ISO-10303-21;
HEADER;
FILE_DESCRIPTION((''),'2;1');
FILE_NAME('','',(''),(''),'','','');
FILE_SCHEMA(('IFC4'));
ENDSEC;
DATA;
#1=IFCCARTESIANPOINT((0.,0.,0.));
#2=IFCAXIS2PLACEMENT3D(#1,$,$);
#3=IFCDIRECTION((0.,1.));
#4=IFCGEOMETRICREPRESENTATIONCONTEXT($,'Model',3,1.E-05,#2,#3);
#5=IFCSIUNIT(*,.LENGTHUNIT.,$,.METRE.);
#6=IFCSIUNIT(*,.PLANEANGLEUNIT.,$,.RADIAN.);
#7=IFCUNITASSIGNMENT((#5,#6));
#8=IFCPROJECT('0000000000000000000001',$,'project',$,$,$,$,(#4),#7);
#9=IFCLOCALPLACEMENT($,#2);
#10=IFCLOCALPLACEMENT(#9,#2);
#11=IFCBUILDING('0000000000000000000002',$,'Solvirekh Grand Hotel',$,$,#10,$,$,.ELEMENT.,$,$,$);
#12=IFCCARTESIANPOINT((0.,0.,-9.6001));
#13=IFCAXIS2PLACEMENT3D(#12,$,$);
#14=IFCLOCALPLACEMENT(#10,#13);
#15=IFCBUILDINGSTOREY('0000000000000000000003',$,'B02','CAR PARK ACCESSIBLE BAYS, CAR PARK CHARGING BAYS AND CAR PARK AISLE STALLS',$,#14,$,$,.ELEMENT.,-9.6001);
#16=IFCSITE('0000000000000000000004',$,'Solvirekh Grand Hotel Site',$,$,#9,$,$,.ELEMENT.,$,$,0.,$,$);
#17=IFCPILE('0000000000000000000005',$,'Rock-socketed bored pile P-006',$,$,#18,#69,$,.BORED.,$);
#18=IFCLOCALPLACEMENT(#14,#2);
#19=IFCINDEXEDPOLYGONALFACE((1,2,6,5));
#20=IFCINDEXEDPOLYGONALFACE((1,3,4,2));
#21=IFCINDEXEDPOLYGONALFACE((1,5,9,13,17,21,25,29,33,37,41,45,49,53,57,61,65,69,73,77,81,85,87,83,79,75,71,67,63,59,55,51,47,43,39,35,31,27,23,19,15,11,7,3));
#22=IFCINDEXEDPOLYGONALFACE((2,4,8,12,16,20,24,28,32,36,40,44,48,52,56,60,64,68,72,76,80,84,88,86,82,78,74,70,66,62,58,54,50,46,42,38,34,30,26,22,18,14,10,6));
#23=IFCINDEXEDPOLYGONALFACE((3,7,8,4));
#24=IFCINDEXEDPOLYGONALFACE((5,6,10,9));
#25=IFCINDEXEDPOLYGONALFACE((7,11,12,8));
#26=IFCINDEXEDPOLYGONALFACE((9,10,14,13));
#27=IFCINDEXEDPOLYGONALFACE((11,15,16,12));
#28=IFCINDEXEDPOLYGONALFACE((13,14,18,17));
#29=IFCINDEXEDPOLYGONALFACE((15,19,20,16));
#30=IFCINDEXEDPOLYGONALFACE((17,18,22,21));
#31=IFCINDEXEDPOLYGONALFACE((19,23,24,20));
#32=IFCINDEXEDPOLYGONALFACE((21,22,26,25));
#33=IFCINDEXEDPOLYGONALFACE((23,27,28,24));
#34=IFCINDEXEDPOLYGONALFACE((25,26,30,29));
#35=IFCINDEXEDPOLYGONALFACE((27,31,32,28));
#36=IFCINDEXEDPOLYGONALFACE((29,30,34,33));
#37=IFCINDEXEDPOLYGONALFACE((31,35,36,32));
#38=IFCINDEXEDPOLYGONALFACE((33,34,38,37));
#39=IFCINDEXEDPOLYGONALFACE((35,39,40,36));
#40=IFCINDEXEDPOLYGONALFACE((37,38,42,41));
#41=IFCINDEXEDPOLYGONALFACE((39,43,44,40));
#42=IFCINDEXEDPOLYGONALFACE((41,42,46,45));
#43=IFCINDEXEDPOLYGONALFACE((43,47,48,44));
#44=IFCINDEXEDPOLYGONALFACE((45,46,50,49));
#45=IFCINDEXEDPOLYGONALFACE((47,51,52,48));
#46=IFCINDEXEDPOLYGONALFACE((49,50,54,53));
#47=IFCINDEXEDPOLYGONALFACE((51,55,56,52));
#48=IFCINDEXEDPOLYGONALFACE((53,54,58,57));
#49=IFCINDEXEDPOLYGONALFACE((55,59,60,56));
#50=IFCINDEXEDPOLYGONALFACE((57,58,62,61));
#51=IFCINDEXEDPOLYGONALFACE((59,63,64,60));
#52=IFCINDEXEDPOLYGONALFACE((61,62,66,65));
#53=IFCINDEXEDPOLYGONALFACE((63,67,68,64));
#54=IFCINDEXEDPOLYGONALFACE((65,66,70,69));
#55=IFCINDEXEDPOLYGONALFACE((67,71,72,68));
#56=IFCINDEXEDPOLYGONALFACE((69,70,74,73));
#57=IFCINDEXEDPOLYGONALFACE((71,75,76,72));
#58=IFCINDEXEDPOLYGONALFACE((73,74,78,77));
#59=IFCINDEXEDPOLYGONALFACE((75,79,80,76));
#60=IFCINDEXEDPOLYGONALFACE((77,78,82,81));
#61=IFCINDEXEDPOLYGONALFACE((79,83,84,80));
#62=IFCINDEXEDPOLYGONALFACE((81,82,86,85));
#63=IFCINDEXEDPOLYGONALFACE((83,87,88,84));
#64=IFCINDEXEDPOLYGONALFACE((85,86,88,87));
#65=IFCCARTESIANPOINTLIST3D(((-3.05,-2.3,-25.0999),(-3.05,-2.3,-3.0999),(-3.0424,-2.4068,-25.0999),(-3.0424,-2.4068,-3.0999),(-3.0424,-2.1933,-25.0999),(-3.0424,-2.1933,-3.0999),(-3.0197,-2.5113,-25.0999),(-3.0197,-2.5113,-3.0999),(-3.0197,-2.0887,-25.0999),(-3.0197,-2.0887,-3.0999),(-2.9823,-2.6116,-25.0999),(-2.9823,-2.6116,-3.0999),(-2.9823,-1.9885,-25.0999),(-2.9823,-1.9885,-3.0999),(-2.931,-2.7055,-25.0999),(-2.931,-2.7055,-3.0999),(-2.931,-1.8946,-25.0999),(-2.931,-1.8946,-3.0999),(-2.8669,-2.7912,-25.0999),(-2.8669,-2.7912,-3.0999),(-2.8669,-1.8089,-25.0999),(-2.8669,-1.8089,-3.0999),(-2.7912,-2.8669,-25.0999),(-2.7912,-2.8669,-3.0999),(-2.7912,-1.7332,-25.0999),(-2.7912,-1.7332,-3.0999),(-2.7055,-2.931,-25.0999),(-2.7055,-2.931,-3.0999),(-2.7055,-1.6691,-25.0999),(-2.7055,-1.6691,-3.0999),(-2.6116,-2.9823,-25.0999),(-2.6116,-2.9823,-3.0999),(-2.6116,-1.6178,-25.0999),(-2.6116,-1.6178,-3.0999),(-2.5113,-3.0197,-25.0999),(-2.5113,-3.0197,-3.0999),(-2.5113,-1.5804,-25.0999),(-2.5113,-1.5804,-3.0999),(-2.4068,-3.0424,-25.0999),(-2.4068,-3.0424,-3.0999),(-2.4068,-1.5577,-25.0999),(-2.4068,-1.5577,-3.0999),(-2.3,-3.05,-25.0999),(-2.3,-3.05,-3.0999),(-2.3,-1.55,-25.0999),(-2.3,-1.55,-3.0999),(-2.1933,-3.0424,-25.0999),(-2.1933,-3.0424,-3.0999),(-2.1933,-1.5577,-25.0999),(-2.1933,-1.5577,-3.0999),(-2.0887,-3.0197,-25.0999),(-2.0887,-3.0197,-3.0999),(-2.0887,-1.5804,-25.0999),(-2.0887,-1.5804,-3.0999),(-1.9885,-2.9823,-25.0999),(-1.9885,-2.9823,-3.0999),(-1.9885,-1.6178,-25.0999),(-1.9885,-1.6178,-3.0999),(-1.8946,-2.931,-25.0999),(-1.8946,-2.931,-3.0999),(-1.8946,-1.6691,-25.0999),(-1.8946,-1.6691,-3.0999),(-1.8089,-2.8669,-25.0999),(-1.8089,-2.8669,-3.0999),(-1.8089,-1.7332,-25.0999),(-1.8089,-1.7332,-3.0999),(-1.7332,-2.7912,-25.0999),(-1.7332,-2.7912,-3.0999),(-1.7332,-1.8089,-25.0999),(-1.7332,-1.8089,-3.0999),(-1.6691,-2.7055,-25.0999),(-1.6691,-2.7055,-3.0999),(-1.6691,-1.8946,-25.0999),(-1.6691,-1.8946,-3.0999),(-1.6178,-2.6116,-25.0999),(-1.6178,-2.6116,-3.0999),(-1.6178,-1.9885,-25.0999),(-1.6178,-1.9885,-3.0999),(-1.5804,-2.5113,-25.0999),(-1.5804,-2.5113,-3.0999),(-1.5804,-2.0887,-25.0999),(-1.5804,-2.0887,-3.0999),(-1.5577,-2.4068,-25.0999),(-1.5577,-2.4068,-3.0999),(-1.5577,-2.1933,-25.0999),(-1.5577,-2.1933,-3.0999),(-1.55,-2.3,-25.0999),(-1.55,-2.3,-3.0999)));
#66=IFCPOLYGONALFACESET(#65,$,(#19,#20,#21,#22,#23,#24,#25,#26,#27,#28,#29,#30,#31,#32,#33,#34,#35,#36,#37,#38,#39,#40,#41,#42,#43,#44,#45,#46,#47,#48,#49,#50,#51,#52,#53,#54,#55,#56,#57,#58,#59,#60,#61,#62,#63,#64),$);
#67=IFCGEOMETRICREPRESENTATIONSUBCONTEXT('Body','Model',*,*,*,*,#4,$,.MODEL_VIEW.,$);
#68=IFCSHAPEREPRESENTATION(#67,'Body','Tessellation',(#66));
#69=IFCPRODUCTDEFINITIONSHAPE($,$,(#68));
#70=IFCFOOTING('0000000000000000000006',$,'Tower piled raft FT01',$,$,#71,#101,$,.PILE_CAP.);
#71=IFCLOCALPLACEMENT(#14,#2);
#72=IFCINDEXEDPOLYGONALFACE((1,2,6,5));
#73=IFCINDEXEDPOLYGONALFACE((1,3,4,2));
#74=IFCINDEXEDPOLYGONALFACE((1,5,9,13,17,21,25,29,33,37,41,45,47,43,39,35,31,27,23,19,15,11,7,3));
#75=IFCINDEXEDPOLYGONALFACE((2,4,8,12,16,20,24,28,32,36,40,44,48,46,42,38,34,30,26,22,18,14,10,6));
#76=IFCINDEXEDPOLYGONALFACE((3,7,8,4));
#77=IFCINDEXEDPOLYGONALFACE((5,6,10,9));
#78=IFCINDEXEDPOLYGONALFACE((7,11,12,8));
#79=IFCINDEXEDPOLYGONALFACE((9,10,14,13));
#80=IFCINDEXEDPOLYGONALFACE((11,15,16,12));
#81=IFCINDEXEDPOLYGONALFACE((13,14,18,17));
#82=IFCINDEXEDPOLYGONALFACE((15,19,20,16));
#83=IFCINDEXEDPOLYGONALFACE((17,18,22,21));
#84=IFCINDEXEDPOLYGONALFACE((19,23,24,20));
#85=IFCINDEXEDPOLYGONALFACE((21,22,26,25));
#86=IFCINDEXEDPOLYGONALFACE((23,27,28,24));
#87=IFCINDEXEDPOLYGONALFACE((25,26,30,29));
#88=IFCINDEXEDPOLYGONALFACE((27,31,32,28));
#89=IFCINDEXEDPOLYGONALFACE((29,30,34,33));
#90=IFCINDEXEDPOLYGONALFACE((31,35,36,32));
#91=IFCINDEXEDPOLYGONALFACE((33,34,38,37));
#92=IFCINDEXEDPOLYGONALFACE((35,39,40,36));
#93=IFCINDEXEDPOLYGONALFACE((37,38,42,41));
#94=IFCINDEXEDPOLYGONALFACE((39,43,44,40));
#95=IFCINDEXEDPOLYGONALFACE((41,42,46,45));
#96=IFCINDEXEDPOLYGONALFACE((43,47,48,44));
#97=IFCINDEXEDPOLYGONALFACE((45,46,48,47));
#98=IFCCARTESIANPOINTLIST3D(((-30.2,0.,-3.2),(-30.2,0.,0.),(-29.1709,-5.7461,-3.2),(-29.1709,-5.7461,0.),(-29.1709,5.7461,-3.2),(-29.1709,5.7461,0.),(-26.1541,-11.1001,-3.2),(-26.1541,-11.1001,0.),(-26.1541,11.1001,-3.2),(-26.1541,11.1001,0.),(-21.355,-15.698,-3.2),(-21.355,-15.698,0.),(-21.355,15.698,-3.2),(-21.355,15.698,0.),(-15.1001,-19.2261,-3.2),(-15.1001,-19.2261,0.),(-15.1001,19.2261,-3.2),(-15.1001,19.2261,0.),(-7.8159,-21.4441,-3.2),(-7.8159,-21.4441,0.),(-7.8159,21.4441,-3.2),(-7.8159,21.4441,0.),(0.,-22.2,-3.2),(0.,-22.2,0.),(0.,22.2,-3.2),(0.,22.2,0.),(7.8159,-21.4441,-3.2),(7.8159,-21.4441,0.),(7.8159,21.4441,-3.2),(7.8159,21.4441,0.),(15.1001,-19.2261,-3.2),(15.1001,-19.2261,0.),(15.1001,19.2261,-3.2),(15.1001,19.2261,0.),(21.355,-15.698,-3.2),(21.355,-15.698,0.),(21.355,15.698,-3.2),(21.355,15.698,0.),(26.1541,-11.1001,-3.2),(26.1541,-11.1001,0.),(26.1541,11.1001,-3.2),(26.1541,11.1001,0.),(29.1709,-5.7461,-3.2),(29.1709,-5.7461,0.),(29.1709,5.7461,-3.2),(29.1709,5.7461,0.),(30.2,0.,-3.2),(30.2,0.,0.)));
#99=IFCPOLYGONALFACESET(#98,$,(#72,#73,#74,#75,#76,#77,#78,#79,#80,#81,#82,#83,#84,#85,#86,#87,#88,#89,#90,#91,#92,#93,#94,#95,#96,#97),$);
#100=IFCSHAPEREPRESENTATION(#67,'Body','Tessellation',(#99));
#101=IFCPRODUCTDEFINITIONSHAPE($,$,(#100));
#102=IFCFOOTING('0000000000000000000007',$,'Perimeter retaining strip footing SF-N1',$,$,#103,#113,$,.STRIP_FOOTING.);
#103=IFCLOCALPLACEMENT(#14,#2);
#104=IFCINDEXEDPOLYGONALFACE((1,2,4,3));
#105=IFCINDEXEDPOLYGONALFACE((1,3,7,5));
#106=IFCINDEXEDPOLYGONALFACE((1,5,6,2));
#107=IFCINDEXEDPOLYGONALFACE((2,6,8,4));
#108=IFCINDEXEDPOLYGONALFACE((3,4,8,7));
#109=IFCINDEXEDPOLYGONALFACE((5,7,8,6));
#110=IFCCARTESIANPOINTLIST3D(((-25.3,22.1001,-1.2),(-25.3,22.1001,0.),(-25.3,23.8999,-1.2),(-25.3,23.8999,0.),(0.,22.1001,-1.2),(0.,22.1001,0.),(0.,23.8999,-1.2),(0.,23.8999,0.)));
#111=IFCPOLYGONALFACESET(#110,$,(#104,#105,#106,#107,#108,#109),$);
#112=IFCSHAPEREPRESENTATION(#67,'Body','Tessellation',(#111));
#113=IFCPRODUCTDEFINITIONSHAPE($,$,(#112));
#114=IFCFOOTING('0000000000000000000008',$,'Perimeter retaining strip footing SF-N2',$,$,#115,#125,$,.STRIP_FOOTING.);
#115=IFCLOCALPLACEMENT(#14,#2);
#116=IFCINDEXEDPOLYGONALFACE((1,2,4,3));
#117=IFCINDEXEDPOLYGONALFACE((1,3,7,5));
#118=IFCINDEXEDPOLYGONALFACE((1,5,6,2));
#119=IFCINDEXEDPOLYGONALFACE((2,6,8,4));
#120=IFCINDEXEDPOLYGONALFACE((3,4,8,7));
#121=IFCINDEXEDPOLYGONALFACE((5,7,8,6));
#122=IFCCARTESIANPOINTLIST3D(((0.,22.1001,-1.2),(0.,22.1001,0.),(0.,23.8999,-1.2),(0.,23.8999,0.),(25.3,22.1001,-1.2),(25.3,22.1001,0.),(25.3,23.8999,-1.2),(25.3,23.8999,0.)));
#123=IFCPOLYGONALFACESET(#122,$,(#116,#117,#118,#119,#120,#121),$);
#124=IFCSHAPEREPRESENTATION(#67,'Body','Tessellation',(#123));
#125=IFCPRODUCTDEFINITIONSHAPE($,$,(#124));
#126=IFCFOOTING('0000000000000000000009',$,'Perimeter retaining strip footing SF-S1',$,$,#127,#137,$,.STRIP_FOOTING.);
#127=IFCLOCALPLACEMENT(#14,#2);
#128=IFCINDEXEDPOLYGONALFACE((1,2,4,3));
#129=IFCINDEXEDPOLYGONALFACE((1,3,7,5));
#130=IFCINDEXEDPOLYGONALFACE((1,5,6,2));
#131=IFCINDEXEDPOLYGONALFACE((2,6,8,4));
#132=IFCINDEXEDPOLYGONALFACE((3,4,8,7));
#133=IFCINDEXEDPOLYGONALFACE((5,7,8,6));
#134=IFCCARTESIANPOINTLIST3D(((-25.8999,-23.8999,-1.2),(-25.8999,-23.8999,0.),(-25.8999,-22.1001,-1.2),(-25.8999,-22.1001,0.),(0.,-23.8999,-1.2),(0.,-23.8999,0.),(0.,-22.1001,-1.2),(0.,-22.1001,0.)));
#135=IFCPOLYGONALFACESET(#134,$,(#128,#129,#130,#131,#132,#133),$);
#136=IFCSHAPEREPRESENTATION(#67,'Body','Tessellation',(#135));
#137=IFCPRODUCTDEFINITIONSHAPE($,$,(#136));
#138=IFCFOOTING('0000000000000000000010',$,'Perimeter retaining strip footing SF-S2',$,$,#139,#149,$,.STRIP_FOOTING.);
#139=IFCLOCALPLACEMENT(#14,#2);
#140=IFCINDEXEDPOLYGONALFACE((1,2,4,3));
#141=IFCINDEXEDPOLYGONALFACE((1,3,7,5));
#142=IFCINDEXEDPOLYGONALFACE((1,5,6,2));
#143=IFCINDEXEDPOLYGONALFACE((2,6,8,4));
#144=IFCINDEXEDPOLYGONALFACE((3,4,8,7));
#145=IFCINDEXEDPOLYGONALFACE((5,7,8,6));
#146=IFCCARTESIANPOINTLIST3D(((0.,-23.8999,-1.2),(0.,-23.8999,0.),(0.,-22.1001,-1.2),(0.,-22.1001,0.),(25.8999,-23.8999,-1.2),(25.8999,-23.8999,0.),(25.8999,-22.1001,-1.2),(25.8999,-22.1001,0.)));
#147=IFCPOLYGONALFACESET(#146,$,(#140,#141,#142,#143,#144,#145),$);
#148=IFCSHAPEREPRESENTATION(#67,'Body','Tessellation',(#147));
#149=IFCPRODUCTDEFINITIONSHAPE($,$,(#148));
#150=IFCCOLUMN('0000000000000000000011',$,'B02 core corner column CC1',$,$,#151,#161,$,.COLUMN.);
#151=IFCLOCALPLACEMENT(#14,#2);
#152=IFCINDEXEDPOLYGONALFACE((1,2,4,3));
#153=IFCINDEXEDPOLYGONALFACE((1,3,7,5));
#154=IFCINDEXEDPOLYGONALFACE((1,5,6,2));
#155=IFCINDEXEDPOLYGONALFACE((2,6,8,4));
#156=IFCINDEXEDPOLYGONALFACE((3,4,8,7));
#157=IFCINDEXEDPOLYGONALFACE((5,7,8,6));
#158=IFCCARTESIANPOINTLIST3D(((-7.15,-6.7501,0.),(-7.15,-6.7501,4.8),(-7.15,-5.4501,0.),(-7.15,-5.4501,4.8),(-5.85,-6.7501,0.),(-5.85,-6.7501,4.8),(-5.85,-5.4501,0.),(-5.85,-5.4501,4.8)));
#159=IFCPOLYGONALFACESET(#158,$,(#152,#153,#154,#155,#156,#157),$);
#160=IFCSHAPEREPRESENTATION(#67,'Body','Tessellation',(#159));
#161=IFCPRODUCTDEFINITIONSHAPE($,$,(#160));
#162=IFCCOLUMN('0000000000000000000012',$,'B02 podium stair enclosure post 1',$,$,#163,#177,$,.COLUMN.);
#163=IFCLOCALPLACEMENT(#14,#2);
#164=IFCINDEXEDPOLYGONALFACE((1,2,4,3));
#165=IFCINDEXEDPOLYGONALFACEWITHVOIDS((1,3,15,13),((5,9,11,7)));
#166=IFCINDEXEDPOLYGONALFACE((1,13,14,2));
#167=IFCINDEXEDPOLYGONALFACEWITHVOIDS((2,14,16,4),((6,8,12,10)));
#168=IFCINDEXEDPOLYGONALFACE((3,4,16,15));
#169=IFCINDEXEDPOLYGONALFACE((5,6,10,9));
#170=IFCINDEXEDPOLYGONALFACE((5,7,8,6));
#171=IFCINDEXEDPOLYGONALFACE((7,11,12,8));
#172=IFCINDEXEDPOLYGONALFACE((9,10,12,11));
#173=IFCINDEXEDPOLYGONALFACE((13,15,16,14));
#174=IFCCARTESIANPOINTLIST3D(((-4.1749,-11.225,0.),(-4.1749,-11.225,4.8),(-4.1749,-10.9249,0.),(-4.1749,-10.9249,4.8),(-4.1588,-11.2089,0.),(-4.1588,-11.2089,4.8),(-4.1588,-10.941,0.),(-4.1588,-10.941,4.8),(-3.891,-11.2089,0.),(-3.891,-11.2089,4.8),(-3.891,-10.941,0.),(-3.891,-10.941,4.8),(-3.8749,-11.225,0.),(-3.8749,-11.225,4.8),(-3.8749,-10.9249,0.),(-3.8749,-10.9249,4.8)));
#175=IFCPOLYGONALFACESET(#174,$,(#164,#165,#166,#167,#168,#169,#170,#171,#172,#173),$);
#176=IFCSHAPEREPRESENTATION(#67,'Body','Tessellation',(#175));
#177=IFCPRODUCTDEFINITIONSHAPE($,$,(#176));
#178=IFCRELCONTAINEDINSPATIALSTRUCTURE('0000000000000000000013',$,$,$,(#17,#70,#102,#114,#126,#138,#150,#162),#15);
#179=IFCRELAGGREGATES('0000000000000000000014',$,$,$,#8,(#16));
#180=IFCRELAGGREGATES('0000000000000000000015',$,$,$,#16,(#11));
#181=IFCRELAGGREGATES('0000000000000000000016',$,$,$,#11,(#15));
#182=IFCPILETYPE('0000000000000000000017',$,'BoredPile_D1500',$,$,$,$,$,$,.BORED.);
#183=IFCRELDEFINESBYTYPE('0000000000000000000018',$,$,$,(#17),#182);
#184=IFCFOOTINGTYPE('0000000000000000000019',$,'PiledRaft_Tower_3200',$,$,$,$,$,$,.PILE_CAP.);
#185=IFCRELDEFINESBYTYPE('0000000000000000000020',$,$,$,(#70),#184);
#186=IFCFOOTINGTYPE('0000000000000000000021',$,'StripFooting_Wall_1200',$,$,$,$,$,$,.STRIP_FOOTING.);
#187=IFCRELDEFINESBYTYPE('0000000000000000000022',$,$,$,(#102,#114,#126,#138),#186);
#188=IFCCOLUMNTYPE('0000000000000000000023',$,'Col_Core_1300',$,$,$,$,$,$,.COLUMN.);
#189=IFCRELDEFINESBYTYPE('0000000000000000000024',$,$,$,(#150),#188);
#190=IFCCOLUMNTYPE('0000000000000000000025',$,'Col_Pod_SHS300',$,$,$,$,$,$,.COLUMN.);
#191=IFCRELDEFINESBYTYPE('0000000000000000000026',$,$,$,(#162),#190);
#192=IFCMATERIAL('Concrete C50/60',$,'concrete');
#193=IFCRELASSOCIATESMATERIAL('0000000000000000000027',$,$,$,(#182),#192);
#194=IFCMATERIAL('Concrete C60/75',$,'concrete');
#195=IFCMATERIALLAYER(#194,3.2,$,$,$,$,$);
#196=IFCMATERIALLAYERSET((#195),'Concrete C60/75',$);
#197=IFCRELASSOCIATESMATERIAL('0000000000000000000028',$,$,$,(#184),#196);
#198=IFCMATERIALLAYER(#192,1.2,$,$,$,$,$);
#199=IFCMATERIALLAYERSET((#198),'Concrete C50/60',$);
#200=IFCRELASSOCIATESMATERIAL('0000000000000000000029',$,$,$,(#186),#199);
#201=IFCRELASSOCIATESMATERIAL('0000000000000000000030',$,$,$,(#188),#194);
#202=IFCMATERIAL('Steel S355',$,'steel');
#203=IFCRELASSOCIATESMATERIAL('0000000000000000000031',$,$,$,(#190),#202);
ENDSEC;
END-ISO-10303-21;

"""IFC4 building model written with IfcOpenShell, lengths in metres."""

from ifc_helpers import new_model, si_unit, direction, frame, origin, origin_2d, place, context, subcontext, project, spatial, polyline, rectangle, hollow_rectangle, circle, outline, extrude, material, layer, layer_set, material_profile, profile_set, type_object, element, save


model = new_model("IFC4")

# Units and contexts
model_context = context("Model", 3, precision=1e-05, world=origin(), true_north=direction((0.0, 1.0)))
body_context = subcontext(model_context, "Body", "Model", "MODEL_VIEW")
ifc_project = project(units=[si_unit("LENGTHUNIT", "METRE"), si_unit("PLANEANGLEUNIT", "RADIAN")], contexts=[model_context])

# Site, building, storey
site_placement = place(None, origin())
site = spatial("IfcSite", under=ifc_project, at=site_placement, Name="Solvirekh Grand Hotel Site", CompositionType="ELEMENT", RefElevation=0.0)
building_placement = place(site_placement, origin())
building = spatial("IfcBuilding", under=site, at=building_placement, Name="Solvirekh Grand Hotel", CompositionType="ELEMENT")
storey_placement = place(building_placement, frame((0.0, 0.0, -9.6001)))
storey = spatial("IfcBuildingStorey", under=building, at=storey_placement, Name="B02", Description="CAR PARK ACCESSIBLE BAYS, CAR PARK CHARGING BAYS AND CAR PARK AISLE STALLS", CompositionType="ELEMENT", Elevation=-9.6001)

# Pile
ifc_material_1 = material(Name="Concrete C50/60", Category="concrete")
ifc_material_profile_1 = material_profile(ifc_material_1, circle(Radius=0.75, at=origin_2d()), Name="BORED PILE D1500")
ifc_profile_set_1 = profile_set([ifc_material_profile_1], Name="Concrete C50/60")
pile_type_1 = type_object("IfcPileType", Name="BoredPile_D1500", PredefinedType="BORED", material=ifc_profile_set_1)
for number, where, z_axis, x_axis, name in (
    (1, (-2.3, -2.3, -3.0999), (0.0, 0.0, -1.0), (1.0, 0.0, 0.0), "Rock-socketed bored pile P-006"),
):
    element("IfcPile", number, at=place(storey_placement, frame(where, z_axis=z_axis, x_axis=x_axis)), inside=storey, type_object=pile_type_1, Name=name, PredefinedType="BORED", context=body_context, shape_type="SweptSolid", body=[
        extrude(circle(Radius=0.75, at=origin_2d()), origin(), (0.0, 0.0, 1.0), 22.0),
    ])

# Footings
ifc_material_2 = material(Name="Concrete C60/75", Category="concrete")
ifc_layer_1 = layer(ifc_material_2, 3.2)
ifc_layer_set_1 = layer_set([ifc_layer_1], Name="Concrete C60/75")
footing_type_1 = type_object("IfcFootingType", Name="PiledRaft_Tower_3200", PredefinedType="PILE_CAP", material=ifc_layer_set_1)
footing_1_placement = place(storey_placement, frame((0.0, 0.0, -3.2)))
element("IfcFooting", 2, at=footing_1_placement, inside=storey, type_object=footing_type_1, Name="Tower piled raft FT01", PredefinedType="PILE_CAP", context=body_context, shape_type="SweptSolid", body=[
    extrude(outline(polyline([(30.2, 0.0), (29.1709, 5.7461), (26.1541, 11.1001), (21.355, 15.698), (15.1001, 19.2261), (7.8159, 21.4441), (0.0, 22.2), (-7.8159, 21.4441), (-15.1001, 19.2261), (-21.355, 15.698), (-26.1541, 11.1001), (-29.1709, 5.7461), (-30.2, 0.0), (-29.1709, -5.7461), (-26.1541, -11.1001), (-21.355, -15.698), (-15.1001, -19.2261), (-7.8159, -21.4441), (0.0, -22.2), (7.8159, -21.4441), (15.1001, -19.2261), (21.355, -15.698), (26.1541, -11.1001), (29.1709, -5.7461), (30.2, 0.0)])), origin(), (0.0, 0.0, 1.0), 3.2),
])
ifc_layer_2 = layer(ifc_material_1, 1.2)
ifc_layer_set_2 = layer_set([ifc_layer_2], Name="Concrete C50/60")
footing_type_2 = type_object("IfcFootingType", Name="StripFooting_Wall_1200", PredefinedType="STRIP_FOOTING", material=ifc_layer_set_2)
footing_2_placement = place(storey_placement, frame((0.0, 0.0, -1.2)))
element("IfcFooting", 3, at=footing_2_placement, inside=storey, type_object=footing_type_2, Name="Perimeter retaining strip footing SF-N1", PredefinedType="STRIP_FOOTING", context=body_context, shape_type="SweptSolid", body=[
    extrude(outline(polyline([(-25.3, 22.1001), (0.0, 22.1001), (0.0, 23.8999), (-25.3, 23.8999), (-25.3, 22.1001)])), origin(), (0.0, 0.0, 1.0), 1.2),
])
footing_3_placement = place(storey_placement, frame((0.0, 0.0, -1.2)))
element("IfcFooting", 4, at=footing_3_placement, inside=storey, type_object=footing_type_2, Name="Perimeter retaining strip footing SF-N2", PredefinedType="STRIP_FOOTING", context=body_context, shape_type="SweptSolid", body=[
    extrude(outline(polyline([(0.0, 22.1001), (25.3, 22.1001), (25.3, 23.8999), (0.0, 23.8999), (0.0, 22.1001)])), origin(), (0.0, 0.0, 1.0), 1.2),
])
footing_4_placement = place(storey_placement, frame((0.0, 0.0, -1.2)))
element("IfcFooting", 5, at=footing_4_placement, inside=storey, type_object=footing_type_2, Name="Perimeter retaining strip footing SF-S1", PredefinedType="STRIP_FOOTING", context=body_context, shape_type="SweptSolid", body=[
    extrude(outline(polyline([(-25.8999, -23.8999), (0.0, -23.8999), (0.0, -22.1001), (-25.8999, -22.1001), (-25.8999, -23.8999)])), origin(), (0.0, 0.0, 1.0), 1.2),
])
footing_5_placement = place(storey_placement, frame((0.0, 0.0, -1.2)))
element("IfcFooting", 6, at=footing_5_placement, inside=storey, type_object=footing_type_2, Name="Perimeter retaining strip footing SF-S2", PredefinedType="STRIP_FOOTING", context=body_context, shape_type="SweptSolid", body=[
    extrude(outline(polyline([(0.0, -23.8999), (25.8999, -23.8999), (25.8999, -22.1001), (0.0, -22.1001), (0.0, -23.8999)])), origin(), (0.0, 0.0, 1.0), 1.2),
])

# Columns
ifc_material_profile_2 = material_profile(ifc_material_2, rectangle(XDim=1.3, YDim=1.3, at=origin_2d()), Name="RC 1300X1300")
ifc_profile_set_2 = profile_set([ifc_material_profile_2], Name="Concrete C60/75")
column_type_1 = type_object("IfcColumnType", Name="Col_Core_1300", PredefinedType="COLUMN", material=ifc_profile_set_2)
column_1_placement = place(storey_placement, frame((-6.5, -6.1001, 0.0), z_axis=(0.0, 0.0, 1.0), x_axis=(1.0, 0.0, 0.0)))
element("IfcColumn", 7, at=column_1_placement, inside=storey, type_object=column_type_1, Name="B02 core corner column CC1", PredefinedType="COLUMN", context=body_context, shape_type="SweptSolid", body=[
    extrude(rectangle(XDim=1.3, YDim=1.3, at=origin_2d()), origin(), (0.0, 0.0, 1.0), 4.8),
])
ifc_material_3 = material(Name="Steel S355", Category="steel")
ifc_material_profile_3 = material_profile(ifc_material_3, hollow_rectangle(XDim=0.3, YDim=0.3, WallThickness=0.0161, at=origin_2d()), Name="SHS 300X300X16")
ifc_profile_set_3 = profile_set([ifc_material_profile_3], Name="Steel S355")
column_type_2 = type_object("IfcColumnType", Name="Col_Pod_SHS300", PredefinedType="COLUMN", material=ifc_profile_set_3)
column_2_placement = place(storey_placement, frame((-4.0249, -11.075, 0.0), z_axis=(0.0, 0.0, 1.0), x_axis=(1.0, 0.0, 0.0)))
element("IfcColumn", 8, at=column_2_placement, inside=storey, type_object=column_type_2, Name="B02 podium stair enclosure post 1", PredefinedType="COLUMN", context=body_context, shape_type="SweptSolid", body=[
    extrude(hollow_rectangle(XDim=0.3, YDim=0.3, WallThickness=0.0161, at=origin_2d()), origin(), (0.0, 0.0, 1.0), 4.8),
])

save(model, "model.ifc")
